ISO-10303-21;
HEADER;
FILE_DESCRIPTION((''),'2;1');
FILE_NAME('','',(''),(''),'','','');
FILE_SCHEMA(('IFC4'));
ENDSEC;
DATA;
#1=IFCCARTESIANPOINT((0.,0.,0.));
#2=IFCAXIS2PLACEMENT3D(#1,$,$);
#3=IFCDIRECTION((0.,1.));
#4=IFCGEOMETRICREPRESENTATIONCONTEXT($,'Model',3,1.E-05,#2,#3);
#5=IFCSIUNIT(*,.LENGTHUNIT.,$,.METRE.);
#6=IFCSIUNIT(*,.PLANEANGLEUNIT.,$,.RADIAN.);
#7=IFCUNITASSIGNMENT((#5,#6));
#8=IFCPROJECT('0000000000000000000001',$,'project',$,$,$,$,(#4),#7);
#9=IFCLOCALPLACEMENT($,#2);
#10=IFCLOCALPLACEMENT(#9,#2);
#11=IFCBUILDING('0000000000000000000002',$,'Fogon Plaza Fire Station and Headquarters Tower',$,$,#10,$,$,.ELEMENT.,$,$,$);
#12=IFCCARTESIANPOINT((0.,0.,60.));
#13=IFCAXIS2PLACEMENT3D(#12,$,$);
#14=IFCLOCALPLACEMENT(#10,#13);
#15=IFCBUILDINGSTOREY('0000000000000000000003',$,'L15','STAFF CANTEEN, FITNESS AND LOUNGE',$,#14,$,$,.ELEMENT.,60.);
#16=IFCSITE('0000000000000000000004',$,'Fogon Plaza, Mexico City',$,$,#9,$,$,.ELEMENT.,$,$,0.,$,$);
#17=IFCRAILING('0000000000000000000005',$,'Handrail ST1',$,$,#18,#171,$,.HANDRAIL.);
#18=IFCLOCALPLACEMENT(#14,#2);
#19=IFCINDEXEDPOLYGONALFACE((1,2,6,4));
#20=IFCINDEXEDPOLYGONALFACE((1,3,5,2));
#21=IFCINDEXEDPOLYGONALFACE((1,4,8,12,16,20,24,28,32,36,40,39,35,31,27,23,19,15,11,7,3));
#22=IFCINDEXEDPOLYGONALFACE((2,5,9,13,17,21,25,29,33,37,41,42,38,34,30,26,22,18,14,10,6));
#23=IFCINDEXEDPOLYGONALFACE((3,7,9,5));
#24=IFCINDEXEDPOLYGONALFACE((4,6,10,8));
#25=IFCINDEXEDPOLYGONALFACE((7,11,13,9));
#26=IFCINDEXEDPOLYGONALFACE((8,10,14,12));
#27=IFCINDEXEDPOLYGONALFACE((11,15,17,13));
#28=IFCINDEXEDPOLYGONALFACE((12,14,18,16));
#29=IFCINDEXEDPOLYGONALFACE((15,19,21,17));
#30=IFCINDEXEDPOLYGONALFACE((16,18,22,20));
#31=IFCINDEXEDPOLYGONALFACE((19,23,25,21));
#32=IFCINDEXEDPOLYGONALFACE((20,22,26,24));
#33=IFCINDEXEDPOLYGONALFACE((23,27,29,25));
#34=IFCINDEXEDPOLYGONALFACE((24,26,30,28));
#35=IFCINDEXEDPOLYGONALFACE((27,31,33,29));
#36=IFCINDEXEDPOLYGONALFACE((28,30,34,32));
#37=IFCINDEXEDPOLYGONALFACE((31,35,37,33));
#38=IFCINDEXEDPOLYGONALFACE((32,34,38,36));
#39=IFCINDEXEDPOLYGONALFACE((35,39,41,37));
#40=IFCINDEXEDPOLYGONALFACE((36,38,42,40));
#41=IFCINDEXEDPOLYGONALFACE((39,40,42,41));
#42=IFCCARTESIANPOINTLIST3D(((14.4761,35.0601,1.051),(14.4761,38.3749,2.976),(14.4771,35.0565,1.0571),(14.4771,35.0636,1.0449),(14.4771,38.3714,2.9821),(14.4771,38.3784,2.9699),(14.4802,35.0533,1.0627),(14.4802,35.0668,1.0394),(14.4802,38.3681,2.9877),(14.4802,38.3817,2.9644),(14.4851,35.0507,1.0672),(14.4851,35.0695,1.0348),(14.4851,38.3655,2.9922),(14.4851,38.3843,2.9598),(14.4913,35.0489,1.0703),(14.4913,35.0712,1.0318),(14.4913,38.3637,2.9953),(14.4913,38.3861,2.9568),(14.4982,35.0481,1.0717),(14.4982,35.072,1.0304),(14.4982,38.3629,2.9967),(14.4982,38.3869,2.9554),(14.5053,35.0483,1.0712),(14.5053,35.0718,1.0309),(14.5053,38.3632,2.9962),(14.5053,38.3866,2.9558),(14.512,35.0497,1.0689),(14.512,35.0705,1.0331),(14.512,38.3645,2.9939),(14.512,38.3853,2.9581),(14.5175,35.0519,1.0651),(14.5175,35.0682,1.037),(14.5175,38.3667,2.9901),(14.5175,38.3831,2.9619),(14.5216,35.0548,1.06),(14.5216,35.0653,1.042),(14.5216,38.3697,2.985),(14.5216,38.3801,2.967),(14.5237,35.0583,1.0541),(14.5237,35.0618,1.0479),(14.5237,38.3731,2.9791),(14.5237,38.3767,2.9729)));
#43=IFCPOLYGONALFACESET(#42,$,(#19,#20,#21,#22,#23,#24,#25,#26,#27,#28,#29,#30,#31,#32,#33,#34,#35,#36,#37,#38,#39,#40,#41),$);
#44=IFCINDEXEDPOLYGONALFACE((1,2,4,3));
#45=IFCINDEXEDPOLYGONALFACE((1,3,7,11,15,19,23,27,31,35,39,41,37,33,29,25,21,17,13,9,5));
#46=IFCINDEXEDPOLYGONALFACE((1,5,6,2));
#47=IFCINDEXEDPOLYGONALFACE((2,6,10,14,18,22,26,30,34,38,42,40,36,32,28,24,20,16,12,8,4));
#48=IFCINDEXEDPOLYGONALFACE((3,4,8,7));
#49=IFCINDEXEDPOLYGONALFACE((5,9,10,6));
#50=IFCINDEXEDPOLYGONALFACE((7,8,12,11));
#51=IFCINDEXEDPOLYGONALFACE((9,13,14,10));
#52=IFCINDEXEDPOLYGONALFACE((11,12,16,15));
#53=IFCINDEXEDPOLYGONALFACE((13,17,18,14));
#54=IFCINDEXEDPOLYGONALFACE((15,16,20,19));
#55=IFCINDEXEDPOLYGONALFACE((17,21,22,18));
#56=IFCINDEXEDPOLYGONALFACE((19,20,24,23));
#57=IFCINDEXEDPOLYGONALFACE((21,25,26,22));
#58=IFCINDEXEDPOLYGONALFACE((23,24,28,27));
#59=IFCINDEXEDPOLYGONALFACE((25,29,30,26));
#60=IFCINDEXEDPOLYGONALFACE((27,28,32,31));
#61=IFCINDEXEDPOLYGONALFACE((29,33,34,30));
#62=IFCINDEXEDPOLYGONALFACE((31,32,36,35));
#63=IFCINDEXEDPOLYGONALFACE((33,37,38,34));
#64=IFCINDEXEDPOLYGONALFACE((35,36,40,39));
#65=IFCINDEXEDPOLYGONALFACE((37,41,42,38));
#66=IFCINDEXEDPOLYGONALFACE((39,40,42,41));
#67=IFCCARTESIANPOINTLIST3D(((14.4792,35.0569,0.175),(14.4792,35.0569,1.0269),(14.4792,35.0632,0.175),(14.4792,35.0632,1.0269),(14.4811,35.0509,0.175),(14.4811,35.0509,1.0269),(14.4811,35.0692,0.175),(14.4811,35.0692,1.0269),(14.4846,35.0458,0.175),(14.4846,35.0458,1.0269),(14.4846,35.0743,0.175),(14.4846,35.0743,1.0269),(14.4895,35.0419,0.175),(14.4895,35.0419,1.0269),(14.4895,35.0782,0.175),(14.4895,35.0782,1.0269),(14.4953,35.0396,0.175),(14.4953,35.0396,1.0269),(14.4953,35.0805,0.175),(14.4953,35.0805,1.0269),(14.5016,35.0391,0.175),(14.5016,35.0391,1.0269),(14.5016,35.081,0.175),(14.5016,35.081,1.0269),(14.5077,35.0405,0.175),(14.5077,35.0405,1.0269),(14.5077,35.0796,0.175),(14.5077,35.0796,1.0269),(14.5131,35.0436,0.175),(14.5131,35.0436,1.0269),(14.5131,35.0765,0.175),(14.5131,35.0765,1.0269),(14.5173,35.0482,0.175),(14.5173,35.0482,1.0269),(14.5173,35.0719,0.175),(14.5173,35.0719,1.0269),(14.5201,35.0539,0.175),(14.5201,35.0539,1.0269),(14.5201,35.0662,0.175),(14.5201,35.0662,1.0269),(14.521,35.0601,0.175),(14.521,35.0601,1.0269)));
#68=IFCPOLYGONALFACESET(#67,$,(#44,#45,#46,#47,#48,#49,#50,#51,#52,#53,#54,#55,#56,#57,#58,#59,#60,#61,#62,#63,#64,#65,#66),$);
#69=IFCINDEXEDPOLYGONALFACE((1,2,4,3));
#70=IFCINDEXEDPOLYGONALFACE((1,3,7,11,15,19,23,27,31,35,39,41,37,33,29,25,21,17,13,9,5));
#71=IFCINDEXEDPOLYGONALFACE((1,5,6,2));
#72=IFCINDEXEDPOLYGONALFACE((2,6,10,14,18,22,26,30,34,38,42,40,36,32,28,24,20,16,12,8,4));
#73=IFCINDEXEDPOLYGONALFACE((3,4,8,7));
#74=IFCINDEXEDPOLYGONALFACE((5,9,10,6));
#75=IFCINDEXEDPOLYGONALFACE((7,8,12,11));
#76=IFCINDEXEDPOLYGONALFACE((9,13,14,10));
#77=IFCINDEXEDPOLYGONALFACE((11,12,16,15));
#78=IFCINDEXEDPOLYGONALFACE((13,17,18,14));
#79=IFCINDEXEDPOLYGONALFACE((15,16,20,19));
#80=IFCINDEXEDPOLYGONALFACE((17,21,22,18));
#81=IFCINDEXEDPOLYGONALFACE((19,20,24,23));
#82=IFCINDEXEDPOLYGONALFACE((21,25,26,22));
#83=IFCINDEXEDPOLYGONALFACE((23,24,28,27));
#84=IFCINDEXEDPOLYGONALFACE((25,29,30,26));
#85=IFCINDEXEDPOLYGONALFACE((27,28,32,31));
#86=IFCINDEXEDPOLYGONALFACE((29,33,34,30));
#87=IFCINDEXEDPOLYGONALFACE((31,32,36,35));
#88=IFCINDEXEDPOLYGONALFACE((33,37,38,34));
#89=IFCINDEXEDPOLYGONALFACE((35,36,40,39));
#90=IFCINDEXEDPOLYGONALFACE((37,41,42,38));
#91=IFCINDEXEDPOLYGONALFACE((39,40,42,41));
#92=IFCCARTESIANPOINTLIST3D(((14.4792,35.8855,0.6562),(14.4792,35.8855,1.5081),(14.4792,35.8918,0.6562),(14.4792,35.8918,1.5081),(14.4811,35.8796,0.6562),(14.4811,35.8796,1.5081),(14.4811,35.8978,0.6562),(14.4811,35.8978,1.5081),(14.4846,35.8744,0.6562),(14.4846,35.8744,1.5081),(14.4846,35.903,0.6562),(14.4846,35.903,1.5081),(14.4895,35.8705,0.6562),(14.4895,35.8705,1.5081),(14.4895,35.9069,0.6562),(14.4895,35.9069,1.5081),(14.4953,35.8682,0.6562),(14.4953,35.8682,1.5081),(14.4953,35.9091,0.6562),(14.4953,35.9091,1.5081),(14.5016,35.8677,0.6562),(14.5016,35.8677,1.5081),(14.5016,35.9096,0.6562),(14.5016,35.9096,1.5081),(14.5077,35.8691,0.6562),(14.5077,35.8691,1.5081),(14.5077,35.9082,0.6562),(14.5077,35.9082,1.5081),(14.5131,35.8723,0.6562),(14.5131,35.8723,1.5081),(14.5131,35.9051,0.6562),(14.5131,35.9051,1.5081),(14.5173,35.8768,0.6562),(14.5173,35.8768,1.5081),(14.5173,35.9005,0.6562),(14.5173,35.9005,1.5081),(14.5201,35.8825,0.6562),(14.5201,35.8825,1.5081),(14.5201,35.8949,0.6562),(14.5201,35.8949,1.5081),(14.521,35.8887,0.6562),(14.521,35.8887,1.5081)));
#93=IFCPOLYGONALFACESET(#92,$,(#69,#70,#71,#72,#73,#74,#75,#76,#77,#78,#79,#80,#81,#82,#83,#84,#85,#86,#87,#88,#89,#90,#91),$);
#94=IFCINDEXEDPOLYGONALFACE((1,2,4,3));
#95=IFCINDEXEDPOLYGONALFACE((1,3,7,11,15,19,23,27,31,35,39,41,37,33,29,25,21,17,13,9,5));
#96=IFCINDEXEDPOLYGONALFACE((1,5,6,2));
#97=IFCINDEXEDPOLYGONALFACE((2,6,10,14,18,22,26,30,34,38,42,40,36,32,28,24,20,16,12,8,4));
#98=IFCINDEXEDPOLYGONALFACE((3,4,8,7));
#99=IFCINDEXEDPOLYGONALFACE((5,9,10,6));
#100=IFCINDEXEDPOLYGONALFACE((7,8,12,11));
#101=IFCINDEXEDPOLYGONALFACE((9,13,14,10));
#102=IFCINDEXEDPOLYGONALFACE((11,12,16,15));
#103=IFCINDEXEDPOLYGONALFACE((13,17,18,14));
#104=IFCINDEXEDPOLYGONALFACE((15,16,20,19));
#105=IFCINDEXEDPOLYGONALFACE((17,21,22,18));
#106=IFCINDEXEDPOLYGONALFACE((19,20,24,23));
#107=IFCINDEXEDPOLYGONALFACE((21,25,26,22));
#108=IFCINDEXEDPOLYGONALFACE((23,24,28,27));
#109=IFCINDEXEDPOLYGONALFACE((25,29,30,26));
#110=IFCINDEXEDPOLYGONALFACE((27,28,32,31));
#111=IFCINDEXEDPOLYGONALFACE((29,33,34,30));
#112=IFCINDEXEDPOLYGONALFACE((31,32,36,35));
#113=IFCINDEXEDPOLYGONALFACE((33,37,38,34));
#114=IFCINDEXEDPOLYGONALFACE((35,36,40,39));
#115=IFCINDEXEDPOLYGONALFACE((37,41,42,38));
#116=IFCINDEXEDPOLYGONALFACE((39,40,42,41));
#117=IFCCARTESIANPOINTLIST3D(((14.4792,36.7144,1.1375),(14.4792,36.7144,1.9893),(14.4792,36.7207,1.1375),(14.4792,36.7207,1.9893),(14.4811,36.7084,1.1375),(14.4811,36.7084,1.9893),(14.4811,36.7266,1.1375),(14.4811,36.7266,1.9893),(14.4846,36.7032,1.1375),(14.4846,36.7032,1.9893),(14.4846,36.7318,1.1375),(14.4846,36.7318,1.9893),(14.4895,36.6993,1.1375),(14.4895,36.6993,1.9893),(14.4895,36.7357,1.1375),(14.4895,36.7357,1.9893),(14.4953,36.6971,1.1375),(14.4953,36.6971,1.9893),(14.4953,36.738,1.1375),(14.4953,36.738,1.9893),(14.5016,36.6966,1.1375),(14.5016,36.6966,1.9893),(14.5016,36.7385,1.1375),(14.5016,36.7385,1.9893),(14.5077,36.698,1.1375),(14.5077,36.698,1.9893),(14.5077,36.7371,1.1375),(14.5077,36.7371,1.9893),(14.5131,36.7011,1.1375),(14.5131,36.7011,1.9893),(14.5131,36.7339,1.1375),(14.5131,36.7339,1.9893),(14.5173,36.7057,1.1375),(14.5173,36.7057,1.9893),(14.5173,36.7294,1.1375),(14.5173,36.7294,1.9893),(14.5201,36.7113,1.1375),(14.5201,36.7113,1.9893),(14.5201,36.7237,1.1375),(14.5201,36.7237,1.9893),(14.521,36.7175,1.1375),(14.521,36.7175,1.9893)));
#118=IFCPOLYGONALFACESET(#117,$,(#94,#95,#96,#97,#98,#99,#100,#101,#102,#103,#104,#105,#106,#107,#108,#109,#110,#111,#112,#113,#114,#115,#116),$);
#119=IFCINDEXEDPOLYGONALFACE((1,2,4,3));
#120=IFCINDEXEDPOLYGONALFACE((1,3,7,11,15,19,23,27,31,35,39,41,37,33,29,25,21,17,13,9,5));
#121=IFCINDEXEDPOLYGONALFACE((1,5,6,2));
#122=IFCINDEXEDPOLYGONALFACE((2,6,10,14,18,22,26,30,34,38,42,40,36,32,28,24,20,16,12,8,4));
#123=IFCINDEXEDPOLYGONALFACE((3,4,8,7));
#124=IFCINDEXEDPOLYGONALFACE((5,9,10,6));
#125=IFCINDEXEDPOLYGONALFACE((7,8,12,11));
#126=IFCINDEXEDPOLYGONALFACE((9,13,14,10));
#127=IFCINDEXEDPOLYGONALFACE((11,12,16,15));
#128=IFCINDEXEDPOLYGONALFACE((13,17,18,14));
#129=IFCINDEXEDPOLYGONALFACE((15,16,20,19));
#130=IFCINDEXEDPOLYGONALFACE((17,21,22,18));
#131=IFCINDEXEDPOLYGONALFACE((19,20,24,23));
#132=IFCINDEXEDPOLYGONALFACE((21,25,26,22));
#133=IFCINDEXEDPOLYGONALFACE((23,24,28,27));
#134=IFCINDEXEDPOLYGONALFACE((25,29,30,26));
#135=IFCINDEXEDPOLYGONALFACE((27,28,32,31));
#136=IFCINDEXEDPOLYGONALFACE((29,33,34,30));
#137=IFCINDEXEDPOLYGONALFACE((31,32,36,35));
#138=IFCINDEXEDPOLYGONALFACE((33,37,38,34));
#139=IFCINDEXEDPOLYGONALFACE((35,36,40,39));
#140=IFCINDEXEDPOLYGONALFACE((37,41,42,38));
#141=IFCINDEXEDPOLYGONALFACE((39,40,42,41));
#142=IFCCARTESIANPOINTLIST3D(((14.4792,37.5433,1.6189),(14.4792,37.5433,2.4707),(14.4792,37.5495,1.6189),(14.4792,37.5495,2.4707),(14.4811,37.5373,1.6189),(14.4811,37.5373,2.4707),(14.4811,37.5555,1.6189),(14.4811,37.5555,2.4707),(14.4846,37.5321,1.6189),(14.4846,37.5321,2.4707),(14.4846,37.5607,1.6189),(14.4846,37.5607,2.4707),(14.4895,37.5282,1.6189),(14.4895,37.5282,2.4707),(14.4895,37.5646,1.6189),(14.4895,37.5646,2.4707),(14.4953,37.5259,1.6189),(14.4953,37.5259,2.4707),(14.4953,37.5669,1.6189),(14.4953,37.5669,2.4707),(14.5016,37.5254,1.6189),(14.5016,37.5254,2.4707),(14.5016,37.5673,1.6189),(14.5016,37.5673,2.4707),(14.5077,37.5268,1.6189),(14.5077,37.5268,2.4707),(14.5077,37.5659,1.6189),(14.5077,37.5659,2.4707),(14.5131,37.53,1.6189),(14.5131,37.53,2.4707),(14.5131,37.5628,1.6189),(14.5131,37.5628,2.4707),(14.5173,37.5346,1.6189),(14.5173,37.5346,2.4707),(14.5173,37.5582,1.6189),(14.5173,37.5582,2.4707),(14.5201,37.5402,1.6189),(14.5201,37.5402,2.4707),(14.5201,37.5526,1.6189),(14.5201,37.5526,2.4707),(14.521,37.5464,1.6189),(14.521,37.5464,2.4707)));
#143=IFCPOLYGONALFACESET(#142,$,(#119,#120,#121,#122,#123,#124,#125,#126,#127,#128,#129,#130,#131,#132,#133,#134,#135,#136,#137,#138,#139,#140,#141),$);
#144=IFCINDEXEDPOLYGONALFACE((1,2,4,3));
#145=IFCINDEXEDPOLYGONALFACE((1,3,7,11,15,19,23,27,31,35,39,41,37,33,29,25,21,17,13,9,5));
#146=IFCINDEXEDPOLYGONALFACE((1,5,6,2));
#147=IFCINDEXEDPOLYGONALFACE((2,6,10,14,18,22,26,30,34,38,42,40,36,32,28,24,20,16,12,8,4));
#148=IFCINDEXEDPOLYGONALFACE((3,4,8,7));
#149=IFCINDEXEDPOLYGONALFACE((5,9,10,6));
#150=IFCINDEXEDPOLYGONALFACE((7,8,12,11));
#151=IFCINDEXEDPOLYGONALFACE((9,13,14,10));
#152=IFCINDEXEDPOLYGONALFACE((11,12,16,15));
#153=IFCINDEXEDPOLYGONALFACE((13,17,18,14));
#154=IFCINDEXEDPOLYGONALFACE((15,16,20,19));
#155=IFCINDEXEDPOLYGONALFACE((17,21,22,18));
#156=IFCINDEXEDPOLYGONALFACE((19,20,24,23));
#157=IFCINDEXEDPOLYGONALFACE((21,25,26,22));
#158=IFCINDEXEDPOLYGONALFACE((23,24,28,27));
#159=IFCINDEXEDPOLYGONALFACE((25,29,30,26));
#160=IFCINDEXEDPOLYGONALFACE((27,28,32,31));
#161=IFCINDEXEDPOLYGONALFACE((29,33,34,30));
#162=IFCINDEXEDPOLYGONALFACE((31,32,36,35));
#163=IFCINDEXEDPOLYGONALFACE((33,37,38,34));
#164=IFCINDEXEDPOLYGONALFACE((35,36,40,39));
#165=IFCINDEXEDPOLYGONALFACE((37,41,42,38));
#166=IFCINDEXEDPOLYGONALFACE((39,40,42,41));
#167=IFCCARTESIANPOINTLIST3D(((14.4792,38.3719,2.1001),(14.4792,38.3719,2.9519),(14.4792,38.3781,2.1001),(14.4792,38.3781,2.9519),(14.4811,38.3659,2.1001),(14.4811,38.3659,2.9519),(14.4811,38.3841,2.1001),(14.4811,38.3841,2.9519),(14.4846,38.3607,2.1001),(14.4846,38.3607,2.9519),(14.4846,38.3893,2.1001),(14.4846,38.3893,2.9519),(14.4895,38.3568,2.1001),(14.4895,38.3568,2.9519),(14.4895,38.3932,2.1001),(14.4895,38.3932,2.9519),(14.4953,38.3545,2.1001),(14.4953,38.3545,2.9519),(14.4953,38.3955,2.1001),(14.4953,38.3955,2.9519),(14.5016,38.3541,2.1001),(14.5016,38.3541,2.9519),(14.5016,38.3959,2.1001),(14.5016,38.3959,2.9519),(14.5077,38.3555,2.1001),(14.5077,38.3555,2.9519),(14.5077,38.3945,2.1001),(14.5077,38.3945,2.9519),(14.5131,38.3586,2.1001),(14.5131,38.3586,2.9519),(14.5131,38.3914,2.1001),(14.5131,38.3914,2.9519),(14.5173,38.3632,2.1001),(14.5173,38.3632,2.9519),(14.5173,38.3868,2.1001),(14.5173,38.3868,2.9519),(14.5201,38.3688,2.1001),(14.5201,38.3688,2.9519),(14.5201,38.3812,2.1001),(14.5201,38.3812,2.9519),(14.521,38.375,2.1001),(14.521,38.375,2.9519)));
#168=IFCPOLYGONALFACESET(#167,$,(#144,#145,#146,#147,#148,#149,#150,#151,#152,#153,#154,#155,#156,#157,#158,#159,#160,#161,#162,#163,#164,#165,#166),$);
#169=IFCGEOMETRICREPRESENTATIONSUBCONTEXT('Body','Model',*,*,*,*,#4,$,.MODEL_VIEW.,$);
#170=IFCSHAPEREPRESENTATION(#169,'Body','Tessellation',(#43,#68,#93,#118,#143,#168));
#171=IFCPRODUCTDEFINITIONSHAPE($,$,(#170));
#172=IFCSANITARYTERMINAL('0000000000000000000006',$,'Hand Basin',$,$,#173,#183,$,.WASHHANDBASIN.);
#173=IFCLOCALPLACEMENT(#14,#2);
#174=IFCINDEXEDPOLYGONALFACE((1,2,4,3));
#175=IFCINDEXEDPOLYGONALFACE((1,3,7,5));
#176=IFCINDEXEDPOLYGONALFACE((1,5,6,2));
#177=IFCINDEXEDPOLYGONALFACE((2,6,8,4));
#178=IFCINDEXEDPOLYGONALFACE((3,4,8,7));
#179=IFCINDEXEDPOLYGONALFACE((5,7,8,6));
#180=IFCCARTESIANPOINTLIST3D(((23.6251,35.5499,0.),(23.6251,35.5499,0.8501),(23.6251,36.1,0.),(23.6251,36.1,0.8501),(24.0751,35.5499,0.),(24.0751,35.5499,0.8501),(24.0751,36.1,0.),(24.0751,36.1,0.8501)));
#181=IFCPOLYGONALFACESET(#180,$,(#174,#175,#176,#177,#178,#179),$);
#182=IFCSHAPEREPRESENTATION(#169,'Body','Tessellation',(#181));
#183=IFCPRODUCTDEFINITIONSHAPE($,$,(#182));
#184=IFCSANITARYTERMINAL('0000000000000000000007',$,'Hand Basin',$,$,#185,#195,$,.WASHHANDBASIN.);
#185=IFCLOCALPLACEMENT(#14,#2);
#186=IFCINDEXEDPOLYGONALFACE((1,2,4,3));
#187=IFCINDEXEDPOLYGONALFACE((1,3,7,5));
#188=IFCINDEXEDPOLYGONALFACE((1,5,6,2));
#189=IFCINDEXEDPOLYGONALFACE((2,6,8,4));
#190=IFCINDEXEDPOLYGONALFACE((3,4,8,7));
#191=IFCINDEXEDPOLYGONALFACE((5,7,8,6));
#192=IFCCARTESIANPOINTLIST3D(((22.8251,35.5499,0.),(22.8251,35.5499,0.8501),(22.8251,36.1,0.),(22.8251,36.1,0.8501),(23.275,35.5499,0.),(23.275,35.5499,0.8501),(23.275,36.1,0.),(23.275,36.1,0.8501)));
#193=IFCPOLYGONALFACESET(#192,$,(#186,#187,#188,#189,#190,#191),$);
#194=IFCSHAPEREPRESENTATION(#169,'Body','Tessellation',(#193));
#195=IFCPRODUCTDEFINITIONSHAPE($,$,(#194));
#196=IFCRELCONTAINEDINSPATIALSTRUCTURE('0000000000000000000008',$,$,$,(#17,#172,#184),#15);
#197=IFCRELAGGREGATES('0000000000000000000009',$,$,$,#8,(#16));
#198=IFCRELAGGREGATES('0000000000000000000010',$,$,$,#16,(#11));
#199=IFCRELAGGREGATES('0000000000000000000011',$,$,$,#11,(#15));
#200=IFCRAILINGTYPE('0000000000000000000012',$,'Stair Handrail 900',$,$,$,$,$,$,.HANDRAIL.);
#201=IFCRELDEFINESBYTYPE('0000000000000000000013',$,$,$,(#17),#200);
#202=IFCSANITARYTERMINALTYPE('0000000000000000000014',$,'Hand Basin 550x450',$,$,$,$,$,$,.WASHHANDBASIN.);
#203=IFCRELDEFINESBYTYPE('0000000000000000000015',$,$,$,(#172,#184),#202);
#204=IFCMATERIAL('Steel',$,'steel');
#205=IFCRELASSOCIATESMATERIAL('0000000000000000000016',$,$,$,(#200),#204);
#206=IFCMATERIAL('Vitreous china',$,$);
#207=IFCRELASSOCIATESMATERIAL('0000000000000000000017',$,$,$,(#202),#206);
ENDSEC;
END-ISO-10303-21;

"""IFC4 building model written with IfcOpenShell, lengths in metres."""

from ifc_helpers import new_model, si_unit, direction, frame, origin, origin_2d, place, context, subcontext, project, spatial, rectangle, circle, extrude, material, type_object, element, save


model = new_model("IFC4")

# Units and contexts
model_context = context("Model", 3, precision=1e-05, world=origin(), true_north=direction((0.0, 1.0)))
body_context = subcontext(model_context, "Body", "Model", "MODEL_VIEW")
ifc_project = project(units=[si_unit("LENGTHUNIT", "METRE"), si_unit("PLANEANGLEUNIT", "RADIAN")], contexts=[model_context])

# Site, building, storey
site_placement = place(None, origin())
site = spatial("IfcSite", under=ifc_project, at=site_placement, Name="Fogon Plaza, Mexico City", CompositionType="ELEMENT", RefElevation=0.0)
building_placement = place(site_placement, origin())
building = spatial("IfcBuilding", under=site, at=building_placement, Name="Fogon Plaza Fire Station and Headquarters Tower", CompositionType="ELEMENT")
storey_placement = place(building_placement, frame((0.0, 0.0, 60.0)))
storey = spatial("IfcBuildingStorey", under=building, at=storey_placement, Name="L15", Description="STAFF CANTEEN, FITNESS AND LOUNGE", CompositionType="ELEMENT", Elevation=60.0)

# Railing
ifc_material_1 = material(Name="Steel", Category="steel")
railing_type = type_object("IfcRailingType", Name="Stair Handrail 900", PredefinedType="HANDRAIL", material=ifc_material_1)
for number, where, name in (
    (1, (14.5, 35.0601, 0.175), "Handrail ST1"),
):
    element("IfcRailing", number, at=place(storey_placement, frame(where)), inside=storey, type_object=railing_type, Name=name, PredefinedType="HANDRAIL", context=body_context, shape_type="SweptSolid", body=[
        extrude(circle(Radius=0.0239, at=origin_2d()), frame((0.0, 0.0, 0.876), z_axis=(0.0, 0.864761, 0.502183), x_axis=(-1.0, 0.0, 0.0)), (0.0, 0.0, 1.0), 3.8333),
        extrude(circle(Radius=0.021, at=origin_2d()), origin(), (0.0, 0.0, 1.0), 0.8518),
        extrude(circle(Radius=0.021, at=origin_2d()), frame((0.0, 0.8286, 0.4812)), (0.0, 0.0, 1.0), 0.8518),
        extrude(circle(Radius=0.021, at=origin_2d()), frame((0.0, 1.6575, 0.9624)), (0.0, 0.0, 1.0), 0.8518),
        extrude(circle(Radius=0.021, at=origin_2d()), frame((0.0, 2.4863, 1.4438)), (0.0, 0.0, 1.0), 0.8518),
        extrude(circle(Radius=0.021, at=origin_2d()), frame((0.0, 3.3149, 1.925)), (0.0, 0.0, 1.0), 0.8518),
    ])

# Sanitary terminals
ifc_material_2 = material(Name="Vitreous china")
sanitary_terminal_type = type_object("IfcSanitaryTerminalType", Name="Hand Basin 550x450", PredefinedType="WASHHANDBASIN", material=ifc_material_2)
for number, where, z_axis, x_axis, name in (
    (2, (23.8501, 35.825, 0.0), (0.0, 0.0, 1.0), (1.0, 0.0, 0.0), "Hand Basin"),
    (3, (23.05, 35.825, 0.0), (0.0, 0.0, 1.0), (1.0, 0.0, 0.0), "Hand Basin"),
):
    element("IfcSanitaryTerminal", number, at=place(storey_placement, frame(where, z_axis=z_axis, x_axis=x_axis)), inside=storey, type_object=sanitary_terminal_type, Name=name, PredefinedType="WASHHANDBASIN", context=body_context, shape_type="SweptSolid", body=[
        extrude(rectangle(XDim=0.45, YDim=0.55, at=origin_2d()), origin(), (0.0, 0.0, 1.0), 0.8501),
    ])

save(model, "model.ifc")
